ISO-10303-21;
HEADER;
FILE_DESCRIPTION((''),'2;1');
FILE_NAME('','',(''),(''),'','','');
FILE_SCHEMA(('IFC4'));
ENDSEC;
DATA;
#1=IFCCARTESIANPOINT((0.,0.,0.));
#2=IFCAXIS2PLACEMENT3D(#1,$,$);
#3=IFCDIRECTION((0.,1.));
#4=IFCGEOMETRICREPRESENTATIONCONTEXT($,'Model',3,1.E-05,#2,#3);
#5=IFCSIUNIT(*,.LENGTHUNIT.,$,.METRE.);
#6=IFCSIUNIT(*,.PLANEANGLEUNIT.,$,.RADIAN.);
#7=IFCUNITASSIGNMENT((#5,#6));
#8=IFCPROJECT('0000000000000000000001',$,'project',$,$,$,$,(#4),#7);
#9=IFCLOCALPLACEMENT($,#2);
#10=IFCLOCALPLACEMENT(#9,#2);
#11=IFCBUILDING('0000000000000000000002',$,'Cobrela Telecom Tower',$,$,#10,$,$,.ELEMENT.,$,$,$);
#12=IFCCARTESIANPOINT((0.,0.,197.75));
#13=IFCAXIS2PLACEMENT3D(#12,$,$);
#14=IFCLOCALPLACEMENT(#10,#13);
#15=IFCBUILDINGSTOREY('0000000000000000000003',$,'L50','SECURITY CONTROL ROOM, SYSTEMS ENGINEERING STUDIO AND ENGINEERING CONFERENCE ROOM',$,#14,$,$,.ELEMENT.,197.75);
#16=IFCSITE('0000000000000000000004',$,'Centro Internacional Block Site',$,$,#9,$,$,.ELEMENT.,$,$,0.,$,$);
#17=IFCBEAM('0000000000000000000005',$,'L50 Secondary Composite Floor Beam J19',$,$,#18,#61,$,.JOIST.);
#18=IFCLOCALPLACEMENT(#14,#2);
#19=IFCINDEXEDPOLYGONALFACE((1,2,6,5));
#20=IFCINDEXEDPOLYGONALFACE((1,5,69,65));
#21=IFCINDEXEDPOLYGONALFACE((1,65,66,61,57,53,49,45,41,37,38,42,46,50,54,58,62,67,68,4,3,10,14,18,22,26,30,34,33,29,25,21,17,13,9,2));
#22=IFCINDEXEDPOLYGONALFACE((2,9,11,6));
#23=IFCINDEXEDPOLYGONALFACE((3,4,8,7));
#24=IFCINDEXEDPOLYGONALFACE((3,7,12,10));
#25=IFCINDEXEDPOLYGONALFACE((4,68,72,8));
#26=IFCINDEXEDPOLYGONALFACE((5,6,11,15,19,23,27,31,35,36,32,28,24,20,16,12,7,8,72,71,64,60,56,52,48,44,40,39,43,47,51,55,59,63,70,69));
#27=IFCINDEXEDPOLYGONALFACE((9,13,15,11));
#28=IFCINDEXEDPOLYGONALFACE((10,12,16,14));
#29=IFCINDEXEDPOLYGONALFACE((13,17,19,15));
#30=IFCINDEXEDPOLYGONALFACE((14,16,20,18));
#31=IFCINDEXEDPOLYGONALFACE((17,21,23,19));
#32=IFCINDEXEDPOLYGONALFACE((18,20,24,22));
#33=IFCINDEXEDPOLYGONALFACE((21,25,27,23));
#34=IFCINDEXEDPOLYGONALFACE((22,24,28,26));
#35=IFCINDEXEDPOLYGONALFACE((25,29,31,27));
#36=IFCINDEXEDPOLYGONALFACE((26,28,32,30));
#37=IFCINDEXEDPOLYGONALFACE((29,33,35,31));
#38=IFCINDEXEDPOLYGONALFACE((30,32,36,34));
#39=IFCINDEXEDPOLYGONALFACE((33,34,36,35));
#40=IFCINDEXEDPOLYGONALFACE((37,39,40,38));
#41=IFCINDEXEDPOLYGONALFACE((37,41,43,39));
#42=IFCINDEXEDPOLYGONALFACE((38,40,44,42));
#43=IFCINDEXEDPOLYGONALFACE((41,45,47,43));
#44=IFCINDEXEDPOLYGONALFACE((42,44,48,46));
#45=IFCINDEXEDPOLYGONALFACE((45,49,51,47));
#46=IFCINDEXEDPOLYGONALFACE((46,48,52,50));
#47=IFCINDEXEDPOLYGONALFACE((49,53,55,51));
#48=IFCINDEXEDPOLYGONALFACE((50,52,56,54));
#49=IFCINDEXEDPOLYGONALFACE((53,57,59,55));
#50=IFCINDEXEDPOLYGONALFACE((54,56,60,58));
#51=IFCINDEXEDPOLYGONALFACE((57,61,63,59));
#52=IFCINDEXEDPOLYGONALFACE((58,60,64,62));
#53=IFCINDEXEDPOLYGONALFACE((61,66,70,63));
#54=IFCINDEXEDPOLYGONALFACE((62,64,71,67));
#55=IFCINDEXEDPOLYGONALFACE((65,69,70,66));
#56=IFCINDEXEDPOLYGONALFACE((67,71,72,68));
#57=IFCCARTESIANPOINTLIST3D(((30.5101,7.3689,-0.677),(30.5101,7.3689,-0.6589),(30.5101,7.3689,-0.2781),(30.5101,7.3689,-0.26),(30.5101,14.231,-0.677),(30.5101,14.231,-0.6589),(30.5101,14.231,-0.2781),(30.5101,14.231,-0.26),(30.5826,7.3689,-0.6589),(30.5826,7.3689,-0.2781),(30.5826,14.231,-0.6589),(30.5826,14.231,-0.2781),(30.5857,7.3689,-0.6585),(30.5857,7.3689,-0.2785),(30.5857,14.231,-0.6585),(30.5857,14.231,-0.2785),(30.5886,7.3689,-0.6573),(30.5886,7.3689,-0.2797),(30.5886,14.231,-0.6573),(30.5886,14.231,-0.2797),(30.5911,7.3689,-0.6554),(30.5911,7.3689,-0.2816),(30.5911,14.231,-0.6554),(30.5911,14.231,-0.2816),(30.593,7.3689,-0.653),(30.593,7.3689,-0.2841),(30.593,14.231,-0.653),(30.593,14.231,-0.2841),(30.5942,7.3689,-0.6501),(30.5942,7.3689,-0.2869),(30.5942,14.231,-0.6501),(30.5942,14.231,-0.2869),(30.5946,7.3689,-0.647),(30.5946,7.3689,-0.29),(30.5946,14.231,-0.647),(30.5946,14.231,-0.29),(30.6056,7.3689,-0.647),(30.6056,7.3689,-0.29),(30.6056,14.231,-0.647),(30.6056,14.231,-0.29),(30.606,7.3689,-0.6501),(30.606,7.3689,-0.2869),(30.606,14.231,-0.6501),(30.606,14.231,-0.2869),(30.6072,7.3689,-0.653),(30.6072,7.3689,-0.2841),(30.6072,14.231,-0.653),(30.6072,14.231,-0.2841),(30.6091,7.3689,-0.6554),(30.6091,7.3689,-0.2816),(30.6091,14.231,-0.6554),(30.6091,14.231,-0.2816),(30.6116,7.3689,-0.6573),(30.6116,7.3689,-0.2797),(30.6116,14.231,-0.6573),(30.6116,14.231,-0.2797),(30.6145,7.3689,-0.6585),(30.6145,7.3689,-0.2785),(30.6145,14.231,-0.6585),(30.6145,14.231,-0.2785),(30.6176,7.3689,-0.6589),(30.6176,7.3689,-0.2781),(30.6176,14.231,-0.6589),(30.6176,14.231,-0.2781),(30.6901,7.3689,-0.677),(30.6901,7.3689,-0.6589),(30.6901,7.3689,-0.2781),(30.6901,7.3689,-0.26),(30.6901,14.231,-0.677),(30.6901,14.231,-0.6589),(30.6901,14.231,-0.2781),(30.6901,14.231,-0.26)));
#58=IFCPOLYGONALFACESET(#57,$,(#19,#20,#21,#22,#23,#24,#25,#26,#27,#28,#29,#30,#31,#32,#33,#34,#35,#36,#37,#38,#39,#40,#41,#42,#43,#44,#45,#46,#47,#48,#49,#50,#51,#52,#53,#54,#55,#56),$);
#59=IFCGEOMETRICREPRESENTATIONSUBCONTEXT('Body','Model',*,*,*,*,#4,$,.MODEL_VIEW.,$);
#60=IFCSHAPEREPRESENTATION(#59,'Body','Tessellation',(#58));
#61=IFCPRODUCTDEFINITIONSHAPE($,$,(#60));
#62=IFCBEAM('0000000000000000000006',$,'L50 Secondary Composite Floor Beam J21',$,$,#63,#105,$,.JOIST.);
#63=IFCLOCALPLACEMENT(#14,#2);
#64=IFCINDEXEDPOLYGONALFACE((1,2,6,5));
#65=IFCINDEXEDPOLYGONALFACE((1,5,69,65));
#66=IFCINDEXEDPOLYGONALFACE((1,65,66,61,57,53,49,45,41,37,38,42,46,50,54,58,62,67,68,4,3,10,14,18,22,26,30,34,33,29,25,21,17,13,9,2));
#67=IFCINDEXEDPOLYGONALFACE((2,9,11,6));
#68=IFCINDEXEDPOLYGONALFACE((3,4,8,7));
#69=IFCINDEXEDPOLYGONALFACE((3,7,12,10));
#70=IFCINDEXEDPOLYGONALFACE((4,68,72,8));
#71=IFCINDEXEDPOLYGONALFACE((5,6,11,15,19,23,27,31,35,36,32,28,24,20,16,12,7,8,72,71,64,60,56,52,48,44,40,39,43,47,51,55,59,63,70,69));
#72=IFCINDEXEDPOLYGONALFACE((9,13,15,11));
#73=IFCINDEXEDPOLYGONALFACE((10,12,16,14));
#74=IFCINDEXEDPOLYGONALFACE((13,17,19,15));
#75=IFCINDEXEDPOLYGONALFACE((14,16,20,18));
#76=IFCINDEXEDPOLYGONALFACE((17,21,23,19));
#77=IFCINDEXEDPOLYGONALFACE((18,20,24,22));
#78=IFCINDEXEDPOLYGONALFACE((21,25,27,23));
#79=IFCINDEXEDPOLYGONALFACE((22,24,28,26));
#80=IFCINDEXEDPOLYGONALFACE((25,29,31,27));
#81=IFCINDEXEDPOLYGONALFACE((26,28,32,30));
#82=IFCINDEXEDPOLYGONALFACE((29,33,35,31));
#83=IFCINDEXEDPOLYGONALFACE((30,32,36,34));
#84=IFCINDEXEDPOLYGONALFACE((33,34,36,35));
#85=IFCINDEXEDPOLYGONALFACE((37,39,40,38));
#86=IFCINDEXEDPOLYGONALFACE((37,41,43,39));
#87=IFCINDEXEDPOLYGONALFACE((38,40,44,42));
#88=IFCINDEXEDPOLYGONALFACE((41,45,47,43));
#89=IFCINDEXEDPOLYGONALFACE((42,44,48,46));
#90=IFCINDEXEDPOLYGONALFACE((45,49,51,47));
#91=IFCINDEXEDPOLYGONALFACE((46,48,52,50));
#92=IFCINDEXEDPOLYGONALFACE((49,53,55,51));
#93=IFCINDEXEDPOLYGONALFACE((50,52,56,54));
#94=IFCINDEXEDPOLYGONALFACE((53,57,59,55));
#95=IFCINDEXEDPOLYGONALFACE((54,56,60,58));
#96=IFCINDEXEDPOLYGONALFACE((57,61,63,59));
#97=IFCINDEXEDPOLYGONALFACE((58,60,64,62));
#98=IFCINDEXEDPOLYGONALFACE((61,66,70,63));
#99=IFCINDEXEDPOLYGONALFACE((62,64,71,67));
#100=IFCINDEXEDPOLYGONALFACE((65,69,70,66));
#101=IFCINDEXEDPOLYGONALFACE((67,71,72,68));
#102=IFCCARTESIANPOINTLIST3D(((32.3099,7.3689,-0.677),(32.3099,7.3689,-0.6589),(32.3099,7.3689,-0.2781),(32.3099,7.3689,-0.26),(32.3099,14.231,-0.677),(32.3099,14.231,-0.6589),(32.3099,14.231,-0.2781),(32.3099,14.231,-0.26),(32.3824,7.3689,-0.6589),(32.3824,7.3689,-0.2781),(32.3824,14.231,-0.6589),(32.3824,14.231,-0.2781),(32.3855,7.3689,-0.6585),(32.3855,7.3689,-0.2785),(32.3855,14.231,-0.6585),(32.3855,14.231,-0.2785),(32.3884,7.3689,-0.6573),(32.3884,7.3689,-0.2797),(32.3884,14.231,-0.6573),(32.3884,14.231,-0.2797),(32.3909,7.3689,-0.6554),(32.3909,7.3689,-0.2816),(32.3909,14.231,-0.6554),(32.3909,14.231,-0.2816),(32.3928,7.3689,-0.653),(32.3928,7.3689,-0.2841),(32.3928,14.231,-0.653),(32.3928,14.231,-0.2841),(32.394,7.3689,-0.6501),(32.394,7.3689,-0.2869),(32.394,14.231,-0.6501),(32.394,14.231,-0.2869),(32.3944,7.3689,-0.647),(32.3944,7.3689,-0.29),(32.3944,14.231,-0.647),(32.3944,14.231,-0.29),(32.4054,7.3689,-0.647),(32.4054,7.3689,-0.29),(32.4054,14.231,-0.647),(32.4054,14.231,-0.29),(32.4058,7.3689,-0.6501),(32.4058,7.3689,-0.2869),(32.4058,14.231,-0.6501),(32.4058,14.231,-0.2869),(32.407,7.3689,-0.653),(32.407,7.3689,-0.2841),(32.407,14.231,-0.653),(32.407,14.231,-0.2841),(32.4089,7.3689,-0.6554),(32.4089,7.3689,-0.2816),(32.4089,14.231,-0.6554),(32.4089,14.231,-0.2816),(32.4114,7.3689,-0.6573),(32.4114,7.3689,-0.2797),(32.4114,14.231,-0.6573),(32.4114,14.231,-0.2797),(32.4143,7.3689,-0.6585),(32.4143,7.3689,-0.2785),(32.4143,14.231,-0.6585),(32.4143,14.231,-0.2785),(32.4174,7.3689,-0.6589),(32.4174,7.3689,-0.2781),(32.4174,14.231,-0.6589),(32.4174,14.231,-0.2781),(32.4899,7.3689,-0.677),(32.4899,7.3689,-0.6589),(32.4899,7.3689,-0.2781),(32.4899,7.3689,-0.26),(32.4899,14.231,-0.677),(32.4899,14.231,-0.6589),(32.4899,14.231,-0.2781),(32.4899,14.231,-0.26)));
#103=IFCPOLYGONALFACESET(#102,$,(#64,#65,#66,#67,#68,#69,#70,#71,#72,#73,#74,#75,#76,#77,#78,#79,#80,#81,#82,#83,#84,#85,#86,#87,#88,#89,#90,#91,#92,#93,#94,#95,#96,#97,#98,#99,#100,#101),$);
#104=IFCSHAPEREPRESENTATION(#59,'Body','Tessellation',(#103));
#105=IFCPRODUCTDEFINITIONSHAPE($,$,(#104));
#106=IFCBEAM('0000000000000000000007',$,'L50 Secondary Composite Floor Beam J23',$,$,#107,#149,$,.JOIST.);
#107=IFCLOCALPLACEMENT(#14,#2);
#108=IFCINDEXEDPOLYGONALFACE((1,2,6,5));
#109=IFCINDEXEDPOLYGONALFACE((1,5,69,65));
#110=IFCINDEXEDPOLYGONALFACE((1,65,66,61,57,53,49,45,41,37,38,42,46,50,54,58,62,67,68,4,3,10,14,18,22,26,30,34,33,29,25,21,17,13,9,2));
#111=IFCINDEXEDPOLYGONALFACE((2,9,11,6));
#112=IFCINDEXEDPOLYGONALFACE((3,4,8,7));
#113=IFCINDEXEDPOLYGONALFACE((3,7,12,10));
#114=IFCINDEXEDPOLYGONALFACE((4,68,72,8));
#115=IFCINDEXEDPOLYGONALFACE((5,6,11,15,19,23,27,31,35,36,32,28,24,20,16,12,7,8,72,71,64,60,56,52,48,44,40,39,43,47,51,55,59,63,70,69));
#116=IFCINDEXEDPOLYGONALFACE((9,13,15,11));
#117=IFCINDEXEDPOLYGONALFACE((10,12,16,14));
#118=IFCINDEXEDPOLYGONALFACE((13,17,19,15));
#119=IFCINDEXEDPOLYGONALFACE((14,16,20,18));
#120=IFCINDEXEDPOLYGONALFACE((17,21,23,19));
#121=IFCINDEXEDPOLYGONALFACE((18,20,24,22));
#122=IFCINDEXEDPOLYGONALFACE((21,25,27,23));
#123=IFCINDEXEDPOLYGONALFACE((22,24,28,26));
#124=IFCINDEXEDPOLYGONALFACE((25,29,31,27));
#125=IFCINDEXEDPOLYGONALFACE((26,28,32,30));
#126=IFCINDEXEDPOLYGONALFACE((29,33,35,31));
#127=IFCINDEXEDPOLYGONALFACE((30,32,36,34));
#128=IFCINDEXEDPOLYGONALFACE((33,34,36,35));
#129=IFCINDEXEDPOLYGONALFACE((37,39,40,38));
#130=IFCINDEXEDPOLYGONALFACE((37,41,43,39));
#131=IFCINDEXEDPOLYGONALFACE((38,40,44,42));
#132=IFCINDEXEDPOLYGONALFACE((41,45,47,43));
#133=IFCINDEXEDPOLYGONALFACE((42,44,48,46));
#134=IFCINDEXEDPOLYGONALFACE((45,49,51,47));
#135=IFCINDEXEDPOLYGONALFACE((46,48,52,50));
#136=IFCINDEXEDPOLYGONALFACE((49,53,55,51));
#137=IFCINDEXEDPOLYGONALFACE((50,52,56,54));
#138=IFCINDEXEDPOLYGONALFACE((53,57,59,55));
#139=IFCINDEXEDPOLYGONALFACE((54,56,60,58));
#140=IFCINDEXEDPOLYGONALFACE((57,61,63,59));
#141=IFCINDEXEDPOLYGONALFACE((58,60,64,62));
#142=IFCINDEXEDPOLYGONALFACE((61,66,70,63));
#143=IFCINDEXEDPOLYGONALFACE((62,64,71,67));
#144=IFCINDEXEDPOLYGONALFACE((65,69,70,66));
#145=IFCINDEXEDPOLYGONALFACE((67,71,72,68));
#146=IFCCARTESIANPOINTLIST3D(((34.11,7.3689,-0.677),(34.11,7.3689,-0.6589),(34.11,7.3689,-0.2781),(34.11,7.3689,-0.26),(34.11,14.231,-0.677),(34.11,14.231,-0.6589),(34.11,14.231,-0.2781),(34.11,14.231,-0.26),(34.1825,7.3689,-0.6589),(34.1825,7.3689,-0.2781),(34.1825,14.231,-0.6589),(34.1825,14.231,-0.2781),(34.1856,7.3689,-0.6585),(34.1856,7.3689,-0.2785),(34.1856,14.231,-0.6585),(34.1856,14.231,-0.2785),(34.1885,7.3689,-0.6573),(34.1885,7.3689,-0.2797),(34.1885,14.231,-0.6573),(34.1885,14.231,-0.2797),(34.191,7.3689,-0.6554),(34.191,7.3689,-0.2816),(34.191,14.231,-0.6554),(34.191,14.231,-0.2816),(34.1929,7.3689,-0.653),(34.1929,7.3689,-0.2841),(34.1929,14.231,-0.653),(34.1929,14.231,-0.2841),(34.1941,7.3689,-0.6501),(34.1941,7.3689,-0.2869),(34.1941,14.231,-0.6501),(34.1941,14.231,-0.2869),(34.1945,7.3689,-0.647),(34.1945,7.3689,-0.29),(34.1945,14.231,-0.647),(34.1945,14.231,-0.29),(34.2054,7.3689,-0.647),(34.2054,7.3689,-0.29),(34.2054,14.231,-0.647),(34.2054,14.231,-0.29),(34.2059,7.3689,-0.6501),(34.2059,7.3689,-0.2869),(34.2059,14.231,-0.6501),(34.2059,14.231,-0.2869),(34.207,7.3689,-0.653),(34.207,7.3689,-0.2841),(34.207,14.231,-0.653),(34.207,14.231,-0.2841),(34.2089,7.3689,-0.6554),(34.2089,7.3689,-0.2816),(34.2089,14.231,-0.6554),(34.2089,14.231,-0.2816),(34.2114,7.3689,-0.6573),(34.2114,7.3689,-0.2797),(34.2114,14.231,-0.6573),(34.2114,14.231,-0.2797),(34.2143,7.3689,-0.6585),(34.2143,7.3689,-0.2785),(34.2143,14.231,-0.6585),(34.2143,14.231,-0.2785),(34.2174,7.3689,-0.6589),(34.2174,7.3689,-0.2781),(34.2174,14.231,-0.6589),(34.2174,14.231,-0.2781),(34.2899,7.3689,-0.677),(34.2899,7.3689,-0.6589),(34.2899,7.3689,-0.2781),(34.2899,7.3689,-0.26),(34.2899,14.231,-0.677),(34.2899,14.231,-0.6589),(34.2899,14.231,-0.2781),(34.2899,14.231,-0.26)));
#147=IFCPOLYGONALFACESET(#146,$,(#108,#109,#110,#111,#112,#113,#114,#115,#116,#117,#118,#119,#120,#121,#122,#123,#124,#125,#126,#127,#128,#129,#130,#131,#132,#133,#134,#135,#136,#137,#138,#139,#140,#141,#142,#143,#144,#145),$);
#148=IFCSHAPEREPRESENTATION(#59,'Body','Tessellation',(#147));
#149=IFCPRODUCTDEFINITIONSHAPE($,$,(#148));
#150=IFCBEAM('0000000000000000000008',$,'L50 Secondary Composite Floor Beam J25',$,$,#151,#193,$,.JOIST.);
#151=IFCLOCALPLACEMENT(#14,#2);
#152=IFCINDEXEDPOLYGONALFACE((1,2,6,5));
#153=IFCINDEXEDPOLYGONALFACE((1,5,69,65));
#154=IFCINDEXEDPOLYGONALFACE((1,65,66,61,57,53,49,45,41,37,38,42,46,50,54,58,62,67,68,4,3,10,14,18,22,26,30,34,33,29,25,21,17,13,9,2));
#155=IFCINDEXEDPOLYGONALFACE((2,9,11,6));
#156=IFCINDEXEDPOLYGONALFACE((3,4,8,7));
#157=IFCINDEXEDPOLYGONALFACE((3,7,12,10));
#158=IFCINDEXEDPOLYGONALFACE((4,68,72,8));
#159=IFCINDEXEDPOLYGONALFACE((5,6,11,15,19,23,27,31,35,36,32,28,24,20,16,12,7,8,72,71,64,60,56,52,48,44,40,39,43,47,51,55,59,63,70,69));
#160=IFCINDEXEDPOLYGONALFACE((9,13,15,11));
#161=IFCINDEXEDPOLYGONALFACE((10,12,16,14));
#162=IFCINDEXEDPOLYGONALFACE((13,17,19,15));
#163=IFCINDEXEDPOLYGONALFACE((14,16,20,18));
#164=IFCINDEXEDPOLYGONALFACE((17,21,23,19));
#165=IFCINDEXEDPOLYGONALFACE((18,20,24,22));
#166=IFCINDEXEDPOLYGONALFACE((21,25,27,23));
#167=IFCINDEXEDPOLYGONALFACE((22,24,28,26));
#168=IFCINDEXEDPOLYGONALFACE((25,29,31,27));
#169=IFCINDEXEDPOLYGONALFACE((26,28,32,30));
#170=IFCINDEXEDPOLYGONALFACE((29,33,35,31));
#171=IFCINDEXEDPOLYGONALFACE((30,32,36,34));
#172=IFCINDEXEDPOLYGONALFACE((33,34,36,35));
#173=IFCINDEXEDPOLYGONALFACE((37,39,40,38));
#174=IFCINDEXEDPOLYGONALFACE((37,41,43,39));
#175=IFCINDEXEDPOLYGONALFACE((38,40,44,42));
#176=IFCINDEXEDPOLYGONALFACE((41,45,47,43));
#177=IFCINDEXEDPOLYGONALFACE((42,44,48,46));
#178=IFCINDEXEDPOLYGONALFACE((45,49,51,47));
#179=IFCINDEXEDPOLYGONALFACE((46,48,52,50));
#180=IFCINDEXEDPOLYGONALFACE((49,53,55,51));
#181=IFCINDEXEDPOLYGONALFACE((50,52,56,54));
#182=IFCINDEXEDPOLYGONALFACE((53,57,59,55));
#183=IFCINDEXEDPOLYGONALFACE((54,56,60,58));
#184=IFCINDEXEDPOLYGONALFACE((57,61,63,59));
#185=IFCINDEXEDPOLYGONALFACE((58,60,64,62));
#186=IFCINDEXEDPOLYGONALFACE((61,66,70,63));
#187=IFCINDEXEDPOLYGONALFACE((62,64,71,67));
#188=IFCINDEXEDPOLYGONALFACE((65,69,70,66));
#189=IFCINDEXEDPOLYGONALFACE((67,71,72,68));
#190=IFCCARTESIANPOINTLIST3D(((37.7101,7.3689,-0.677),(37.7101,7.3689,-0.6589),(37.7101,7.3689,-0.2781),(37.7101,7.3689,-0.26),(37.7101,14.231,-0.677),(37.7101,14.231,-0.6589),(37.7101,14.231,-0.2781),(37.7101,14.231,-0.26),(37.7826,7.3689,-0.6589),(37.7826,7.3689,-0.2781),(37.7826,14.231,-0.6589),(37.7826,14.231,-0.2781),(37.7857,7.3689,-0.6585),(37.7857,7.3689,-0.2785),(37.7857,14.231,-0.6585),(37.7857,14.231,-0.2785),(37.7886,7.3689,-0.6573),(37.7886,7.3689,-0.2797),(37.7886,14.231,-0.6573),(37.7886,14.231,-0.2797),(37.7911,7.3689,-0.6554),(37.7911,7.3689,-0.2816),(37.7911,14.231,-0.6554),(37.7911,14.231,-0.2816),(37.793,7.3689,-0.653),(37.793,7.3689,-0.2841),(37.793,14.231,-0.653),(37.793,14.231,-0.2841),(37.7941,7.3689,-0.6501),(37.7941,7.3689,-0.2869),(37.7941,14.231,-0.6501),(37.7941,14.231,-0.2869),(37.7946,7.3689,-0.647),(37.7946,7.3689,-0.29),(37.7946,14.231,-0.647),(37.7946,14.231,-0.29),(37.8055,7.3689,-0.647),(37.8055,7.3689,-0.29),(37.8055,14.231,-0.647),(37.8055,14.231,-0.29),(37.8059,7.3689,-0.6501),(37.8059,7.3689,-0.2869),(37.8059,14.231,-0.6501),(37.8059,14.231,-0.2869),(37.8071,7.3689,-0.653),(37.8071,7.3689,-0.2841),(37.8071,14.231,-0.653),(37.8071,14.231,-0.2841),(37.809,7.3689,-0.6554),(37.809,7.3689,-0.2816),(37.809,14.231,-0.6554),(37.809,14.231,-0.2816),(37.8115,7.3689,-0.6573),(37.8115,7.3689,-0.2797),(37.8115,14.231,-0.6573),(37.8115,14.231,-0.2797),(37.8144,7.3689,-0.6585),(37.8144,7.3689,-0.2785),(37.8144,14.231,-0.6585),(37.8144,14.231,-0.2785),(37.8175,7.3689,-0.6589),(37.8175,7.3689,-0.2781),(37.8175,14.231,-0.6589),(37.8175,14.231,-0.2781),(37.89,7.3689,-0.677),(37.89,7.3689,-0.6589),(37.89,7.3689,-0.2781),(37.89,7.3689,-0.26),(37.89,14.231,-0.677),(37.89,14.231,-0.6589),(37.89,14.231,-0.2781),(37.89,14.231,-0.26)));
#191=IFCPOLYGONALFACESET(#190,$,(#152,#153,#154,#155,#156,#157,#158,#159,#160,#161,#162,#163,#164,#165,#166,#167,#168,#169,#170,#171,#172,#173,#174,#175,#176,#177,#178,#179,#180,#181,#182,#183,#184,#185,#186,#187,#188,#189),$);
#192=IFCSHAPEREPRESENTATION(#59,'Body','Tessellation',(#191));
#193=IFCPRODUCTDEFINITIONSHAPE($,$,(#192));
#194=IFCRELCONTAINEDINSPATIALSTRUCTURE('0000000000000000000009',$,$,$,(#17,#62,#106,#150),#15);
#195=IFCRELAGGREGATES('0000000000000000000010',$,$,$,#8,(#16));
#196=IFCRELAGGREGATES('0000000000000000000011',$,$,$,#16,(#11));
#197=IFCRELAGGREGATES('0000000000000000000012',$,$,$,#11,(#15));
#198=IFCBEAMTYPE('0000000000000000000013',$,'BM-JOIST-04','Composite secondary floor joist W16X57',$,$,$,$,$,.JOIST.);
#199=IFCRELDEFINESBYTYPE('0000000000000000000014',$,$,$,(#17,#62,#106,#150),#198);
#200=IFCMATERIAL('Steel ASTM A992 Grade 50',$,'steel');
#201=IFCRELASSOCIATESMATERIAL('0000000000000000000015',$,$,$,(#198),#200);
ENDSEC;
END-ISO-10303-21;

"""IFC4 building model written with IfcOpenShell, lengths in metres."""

from ifc_helpers import new_model, si_unit, direction, frame, origin, origin_2d, place, context, subcontext, project, spatial, i_section, extrude, material, material_profile, profile_set, type_object, element, save


model = new_model("IFC4")

# Units and contexts
model_context = context("Model", 3, precision=1e-05, world=origin(), true_north=direction((0.0, 1.0)))
body_context = subcontext(model_context, "Body", "Model", "MODEL_VIEW")
ifc_project = project(units=[si_unit("LENGTHUNIT", "METRE"), si_unit("PLANEANGLEUNIT", "RADIAN")], contexts=[model_context])

# Site, building, storey
site_placement = place(None, origin())
site = spatial("IfcSite", under=ifc_project, at=site_placement, Name="Centro Internacional Block Site", CompositionType="ELEMENT", RefElevation=0.0)
building_placement = place(site_placement, origin())
building = spatial("IfcBuilding", under=site, at=building_placement, Name="Cobrela Telecom Tower", CompositionType="ELEMENT")
storey_placement = place(building_placement, frame((0.0, 0.0, 197.75)))
storey = spatial("IfcBuildingStorey", under=building, at=storey_placement, Name="L50", Description="SECURITY CONTROL ROOM, SYSTEMS ENGINEERING STUDIO AND ENGINEERING CONFERENCE ROOM", CompositionType="ELEMENT", Elevation=197.75)

# Shared definitions
ifc_material_1 = material(Name="Steel ASTM A992 Grade 50", Category="steel")

# Beams
ifc_material_profile_1 = material_profile(ifc_material_1, i_section(OverallWidth=0.1799, OverallDepth=0.417, WebThickness=0.011, FlangeThickness=0.0181, FilletRadius=0.012, at=origin_2d()), Name="W16X57")
ifc_profile_set_1 = profile_set([ifc_material_profile_1], Name="Steel ASTM A992 Grade 50")
beam_type_1 = type_object("IfcBeamType", Name="BM-JOIST-04", Description="Composite secondary floor joist W16X57", PredefinedType="JOIST", material=ifc_profile_set_1)
for number, where, z_axis, x_axis, name in (
    (1, (30.6001, 7.3689, -0.4685), (0.0, 1.0, 0.0), (-1.0, 0.0, 0.0), "L50 Secondary Composite Floor Beam J19"),
    (2, (32.3999, 7.3689, -0.4685), (0.0, 1.0, 0.0), (-1.0, 0.0, 0.0), "L50 Secondary Composite Floor Beam J21"),
    (3, (34.2, 7.3689, -0.4685), (0.0, 1.0, 0.0), (-1.0, 0.0, 0.0), "L50 Secondary Composite Floor Beam J23"),
    (4, (37.8, 7.3689, -0.4685), (0.0, 1.0, 0.0), (-1.0, 0.0, 0.0), "L50 Secondary Composite Floor Beam J25"),
):
    element("IfcBeam", number, at=place(storey_placement, frame(where, z_axis=z_axis, x_axis=x_axis)), inside=storey, type_object=beam_type_1, Name=name, PredefinedType="JOIST", context=body_context, shape_type="SweptSolid", body=[
        extrude(i_section(OverallWidth=0.1799, OverallDepth=0.417, WebThickness=0.011, FlangeThickness=0.0181, FilletRadius=0.012, at=origin_2d()), origin(), (0.0, 0.0, 1.0), 6.8621),
    ])

save(model, "model.ifc")
